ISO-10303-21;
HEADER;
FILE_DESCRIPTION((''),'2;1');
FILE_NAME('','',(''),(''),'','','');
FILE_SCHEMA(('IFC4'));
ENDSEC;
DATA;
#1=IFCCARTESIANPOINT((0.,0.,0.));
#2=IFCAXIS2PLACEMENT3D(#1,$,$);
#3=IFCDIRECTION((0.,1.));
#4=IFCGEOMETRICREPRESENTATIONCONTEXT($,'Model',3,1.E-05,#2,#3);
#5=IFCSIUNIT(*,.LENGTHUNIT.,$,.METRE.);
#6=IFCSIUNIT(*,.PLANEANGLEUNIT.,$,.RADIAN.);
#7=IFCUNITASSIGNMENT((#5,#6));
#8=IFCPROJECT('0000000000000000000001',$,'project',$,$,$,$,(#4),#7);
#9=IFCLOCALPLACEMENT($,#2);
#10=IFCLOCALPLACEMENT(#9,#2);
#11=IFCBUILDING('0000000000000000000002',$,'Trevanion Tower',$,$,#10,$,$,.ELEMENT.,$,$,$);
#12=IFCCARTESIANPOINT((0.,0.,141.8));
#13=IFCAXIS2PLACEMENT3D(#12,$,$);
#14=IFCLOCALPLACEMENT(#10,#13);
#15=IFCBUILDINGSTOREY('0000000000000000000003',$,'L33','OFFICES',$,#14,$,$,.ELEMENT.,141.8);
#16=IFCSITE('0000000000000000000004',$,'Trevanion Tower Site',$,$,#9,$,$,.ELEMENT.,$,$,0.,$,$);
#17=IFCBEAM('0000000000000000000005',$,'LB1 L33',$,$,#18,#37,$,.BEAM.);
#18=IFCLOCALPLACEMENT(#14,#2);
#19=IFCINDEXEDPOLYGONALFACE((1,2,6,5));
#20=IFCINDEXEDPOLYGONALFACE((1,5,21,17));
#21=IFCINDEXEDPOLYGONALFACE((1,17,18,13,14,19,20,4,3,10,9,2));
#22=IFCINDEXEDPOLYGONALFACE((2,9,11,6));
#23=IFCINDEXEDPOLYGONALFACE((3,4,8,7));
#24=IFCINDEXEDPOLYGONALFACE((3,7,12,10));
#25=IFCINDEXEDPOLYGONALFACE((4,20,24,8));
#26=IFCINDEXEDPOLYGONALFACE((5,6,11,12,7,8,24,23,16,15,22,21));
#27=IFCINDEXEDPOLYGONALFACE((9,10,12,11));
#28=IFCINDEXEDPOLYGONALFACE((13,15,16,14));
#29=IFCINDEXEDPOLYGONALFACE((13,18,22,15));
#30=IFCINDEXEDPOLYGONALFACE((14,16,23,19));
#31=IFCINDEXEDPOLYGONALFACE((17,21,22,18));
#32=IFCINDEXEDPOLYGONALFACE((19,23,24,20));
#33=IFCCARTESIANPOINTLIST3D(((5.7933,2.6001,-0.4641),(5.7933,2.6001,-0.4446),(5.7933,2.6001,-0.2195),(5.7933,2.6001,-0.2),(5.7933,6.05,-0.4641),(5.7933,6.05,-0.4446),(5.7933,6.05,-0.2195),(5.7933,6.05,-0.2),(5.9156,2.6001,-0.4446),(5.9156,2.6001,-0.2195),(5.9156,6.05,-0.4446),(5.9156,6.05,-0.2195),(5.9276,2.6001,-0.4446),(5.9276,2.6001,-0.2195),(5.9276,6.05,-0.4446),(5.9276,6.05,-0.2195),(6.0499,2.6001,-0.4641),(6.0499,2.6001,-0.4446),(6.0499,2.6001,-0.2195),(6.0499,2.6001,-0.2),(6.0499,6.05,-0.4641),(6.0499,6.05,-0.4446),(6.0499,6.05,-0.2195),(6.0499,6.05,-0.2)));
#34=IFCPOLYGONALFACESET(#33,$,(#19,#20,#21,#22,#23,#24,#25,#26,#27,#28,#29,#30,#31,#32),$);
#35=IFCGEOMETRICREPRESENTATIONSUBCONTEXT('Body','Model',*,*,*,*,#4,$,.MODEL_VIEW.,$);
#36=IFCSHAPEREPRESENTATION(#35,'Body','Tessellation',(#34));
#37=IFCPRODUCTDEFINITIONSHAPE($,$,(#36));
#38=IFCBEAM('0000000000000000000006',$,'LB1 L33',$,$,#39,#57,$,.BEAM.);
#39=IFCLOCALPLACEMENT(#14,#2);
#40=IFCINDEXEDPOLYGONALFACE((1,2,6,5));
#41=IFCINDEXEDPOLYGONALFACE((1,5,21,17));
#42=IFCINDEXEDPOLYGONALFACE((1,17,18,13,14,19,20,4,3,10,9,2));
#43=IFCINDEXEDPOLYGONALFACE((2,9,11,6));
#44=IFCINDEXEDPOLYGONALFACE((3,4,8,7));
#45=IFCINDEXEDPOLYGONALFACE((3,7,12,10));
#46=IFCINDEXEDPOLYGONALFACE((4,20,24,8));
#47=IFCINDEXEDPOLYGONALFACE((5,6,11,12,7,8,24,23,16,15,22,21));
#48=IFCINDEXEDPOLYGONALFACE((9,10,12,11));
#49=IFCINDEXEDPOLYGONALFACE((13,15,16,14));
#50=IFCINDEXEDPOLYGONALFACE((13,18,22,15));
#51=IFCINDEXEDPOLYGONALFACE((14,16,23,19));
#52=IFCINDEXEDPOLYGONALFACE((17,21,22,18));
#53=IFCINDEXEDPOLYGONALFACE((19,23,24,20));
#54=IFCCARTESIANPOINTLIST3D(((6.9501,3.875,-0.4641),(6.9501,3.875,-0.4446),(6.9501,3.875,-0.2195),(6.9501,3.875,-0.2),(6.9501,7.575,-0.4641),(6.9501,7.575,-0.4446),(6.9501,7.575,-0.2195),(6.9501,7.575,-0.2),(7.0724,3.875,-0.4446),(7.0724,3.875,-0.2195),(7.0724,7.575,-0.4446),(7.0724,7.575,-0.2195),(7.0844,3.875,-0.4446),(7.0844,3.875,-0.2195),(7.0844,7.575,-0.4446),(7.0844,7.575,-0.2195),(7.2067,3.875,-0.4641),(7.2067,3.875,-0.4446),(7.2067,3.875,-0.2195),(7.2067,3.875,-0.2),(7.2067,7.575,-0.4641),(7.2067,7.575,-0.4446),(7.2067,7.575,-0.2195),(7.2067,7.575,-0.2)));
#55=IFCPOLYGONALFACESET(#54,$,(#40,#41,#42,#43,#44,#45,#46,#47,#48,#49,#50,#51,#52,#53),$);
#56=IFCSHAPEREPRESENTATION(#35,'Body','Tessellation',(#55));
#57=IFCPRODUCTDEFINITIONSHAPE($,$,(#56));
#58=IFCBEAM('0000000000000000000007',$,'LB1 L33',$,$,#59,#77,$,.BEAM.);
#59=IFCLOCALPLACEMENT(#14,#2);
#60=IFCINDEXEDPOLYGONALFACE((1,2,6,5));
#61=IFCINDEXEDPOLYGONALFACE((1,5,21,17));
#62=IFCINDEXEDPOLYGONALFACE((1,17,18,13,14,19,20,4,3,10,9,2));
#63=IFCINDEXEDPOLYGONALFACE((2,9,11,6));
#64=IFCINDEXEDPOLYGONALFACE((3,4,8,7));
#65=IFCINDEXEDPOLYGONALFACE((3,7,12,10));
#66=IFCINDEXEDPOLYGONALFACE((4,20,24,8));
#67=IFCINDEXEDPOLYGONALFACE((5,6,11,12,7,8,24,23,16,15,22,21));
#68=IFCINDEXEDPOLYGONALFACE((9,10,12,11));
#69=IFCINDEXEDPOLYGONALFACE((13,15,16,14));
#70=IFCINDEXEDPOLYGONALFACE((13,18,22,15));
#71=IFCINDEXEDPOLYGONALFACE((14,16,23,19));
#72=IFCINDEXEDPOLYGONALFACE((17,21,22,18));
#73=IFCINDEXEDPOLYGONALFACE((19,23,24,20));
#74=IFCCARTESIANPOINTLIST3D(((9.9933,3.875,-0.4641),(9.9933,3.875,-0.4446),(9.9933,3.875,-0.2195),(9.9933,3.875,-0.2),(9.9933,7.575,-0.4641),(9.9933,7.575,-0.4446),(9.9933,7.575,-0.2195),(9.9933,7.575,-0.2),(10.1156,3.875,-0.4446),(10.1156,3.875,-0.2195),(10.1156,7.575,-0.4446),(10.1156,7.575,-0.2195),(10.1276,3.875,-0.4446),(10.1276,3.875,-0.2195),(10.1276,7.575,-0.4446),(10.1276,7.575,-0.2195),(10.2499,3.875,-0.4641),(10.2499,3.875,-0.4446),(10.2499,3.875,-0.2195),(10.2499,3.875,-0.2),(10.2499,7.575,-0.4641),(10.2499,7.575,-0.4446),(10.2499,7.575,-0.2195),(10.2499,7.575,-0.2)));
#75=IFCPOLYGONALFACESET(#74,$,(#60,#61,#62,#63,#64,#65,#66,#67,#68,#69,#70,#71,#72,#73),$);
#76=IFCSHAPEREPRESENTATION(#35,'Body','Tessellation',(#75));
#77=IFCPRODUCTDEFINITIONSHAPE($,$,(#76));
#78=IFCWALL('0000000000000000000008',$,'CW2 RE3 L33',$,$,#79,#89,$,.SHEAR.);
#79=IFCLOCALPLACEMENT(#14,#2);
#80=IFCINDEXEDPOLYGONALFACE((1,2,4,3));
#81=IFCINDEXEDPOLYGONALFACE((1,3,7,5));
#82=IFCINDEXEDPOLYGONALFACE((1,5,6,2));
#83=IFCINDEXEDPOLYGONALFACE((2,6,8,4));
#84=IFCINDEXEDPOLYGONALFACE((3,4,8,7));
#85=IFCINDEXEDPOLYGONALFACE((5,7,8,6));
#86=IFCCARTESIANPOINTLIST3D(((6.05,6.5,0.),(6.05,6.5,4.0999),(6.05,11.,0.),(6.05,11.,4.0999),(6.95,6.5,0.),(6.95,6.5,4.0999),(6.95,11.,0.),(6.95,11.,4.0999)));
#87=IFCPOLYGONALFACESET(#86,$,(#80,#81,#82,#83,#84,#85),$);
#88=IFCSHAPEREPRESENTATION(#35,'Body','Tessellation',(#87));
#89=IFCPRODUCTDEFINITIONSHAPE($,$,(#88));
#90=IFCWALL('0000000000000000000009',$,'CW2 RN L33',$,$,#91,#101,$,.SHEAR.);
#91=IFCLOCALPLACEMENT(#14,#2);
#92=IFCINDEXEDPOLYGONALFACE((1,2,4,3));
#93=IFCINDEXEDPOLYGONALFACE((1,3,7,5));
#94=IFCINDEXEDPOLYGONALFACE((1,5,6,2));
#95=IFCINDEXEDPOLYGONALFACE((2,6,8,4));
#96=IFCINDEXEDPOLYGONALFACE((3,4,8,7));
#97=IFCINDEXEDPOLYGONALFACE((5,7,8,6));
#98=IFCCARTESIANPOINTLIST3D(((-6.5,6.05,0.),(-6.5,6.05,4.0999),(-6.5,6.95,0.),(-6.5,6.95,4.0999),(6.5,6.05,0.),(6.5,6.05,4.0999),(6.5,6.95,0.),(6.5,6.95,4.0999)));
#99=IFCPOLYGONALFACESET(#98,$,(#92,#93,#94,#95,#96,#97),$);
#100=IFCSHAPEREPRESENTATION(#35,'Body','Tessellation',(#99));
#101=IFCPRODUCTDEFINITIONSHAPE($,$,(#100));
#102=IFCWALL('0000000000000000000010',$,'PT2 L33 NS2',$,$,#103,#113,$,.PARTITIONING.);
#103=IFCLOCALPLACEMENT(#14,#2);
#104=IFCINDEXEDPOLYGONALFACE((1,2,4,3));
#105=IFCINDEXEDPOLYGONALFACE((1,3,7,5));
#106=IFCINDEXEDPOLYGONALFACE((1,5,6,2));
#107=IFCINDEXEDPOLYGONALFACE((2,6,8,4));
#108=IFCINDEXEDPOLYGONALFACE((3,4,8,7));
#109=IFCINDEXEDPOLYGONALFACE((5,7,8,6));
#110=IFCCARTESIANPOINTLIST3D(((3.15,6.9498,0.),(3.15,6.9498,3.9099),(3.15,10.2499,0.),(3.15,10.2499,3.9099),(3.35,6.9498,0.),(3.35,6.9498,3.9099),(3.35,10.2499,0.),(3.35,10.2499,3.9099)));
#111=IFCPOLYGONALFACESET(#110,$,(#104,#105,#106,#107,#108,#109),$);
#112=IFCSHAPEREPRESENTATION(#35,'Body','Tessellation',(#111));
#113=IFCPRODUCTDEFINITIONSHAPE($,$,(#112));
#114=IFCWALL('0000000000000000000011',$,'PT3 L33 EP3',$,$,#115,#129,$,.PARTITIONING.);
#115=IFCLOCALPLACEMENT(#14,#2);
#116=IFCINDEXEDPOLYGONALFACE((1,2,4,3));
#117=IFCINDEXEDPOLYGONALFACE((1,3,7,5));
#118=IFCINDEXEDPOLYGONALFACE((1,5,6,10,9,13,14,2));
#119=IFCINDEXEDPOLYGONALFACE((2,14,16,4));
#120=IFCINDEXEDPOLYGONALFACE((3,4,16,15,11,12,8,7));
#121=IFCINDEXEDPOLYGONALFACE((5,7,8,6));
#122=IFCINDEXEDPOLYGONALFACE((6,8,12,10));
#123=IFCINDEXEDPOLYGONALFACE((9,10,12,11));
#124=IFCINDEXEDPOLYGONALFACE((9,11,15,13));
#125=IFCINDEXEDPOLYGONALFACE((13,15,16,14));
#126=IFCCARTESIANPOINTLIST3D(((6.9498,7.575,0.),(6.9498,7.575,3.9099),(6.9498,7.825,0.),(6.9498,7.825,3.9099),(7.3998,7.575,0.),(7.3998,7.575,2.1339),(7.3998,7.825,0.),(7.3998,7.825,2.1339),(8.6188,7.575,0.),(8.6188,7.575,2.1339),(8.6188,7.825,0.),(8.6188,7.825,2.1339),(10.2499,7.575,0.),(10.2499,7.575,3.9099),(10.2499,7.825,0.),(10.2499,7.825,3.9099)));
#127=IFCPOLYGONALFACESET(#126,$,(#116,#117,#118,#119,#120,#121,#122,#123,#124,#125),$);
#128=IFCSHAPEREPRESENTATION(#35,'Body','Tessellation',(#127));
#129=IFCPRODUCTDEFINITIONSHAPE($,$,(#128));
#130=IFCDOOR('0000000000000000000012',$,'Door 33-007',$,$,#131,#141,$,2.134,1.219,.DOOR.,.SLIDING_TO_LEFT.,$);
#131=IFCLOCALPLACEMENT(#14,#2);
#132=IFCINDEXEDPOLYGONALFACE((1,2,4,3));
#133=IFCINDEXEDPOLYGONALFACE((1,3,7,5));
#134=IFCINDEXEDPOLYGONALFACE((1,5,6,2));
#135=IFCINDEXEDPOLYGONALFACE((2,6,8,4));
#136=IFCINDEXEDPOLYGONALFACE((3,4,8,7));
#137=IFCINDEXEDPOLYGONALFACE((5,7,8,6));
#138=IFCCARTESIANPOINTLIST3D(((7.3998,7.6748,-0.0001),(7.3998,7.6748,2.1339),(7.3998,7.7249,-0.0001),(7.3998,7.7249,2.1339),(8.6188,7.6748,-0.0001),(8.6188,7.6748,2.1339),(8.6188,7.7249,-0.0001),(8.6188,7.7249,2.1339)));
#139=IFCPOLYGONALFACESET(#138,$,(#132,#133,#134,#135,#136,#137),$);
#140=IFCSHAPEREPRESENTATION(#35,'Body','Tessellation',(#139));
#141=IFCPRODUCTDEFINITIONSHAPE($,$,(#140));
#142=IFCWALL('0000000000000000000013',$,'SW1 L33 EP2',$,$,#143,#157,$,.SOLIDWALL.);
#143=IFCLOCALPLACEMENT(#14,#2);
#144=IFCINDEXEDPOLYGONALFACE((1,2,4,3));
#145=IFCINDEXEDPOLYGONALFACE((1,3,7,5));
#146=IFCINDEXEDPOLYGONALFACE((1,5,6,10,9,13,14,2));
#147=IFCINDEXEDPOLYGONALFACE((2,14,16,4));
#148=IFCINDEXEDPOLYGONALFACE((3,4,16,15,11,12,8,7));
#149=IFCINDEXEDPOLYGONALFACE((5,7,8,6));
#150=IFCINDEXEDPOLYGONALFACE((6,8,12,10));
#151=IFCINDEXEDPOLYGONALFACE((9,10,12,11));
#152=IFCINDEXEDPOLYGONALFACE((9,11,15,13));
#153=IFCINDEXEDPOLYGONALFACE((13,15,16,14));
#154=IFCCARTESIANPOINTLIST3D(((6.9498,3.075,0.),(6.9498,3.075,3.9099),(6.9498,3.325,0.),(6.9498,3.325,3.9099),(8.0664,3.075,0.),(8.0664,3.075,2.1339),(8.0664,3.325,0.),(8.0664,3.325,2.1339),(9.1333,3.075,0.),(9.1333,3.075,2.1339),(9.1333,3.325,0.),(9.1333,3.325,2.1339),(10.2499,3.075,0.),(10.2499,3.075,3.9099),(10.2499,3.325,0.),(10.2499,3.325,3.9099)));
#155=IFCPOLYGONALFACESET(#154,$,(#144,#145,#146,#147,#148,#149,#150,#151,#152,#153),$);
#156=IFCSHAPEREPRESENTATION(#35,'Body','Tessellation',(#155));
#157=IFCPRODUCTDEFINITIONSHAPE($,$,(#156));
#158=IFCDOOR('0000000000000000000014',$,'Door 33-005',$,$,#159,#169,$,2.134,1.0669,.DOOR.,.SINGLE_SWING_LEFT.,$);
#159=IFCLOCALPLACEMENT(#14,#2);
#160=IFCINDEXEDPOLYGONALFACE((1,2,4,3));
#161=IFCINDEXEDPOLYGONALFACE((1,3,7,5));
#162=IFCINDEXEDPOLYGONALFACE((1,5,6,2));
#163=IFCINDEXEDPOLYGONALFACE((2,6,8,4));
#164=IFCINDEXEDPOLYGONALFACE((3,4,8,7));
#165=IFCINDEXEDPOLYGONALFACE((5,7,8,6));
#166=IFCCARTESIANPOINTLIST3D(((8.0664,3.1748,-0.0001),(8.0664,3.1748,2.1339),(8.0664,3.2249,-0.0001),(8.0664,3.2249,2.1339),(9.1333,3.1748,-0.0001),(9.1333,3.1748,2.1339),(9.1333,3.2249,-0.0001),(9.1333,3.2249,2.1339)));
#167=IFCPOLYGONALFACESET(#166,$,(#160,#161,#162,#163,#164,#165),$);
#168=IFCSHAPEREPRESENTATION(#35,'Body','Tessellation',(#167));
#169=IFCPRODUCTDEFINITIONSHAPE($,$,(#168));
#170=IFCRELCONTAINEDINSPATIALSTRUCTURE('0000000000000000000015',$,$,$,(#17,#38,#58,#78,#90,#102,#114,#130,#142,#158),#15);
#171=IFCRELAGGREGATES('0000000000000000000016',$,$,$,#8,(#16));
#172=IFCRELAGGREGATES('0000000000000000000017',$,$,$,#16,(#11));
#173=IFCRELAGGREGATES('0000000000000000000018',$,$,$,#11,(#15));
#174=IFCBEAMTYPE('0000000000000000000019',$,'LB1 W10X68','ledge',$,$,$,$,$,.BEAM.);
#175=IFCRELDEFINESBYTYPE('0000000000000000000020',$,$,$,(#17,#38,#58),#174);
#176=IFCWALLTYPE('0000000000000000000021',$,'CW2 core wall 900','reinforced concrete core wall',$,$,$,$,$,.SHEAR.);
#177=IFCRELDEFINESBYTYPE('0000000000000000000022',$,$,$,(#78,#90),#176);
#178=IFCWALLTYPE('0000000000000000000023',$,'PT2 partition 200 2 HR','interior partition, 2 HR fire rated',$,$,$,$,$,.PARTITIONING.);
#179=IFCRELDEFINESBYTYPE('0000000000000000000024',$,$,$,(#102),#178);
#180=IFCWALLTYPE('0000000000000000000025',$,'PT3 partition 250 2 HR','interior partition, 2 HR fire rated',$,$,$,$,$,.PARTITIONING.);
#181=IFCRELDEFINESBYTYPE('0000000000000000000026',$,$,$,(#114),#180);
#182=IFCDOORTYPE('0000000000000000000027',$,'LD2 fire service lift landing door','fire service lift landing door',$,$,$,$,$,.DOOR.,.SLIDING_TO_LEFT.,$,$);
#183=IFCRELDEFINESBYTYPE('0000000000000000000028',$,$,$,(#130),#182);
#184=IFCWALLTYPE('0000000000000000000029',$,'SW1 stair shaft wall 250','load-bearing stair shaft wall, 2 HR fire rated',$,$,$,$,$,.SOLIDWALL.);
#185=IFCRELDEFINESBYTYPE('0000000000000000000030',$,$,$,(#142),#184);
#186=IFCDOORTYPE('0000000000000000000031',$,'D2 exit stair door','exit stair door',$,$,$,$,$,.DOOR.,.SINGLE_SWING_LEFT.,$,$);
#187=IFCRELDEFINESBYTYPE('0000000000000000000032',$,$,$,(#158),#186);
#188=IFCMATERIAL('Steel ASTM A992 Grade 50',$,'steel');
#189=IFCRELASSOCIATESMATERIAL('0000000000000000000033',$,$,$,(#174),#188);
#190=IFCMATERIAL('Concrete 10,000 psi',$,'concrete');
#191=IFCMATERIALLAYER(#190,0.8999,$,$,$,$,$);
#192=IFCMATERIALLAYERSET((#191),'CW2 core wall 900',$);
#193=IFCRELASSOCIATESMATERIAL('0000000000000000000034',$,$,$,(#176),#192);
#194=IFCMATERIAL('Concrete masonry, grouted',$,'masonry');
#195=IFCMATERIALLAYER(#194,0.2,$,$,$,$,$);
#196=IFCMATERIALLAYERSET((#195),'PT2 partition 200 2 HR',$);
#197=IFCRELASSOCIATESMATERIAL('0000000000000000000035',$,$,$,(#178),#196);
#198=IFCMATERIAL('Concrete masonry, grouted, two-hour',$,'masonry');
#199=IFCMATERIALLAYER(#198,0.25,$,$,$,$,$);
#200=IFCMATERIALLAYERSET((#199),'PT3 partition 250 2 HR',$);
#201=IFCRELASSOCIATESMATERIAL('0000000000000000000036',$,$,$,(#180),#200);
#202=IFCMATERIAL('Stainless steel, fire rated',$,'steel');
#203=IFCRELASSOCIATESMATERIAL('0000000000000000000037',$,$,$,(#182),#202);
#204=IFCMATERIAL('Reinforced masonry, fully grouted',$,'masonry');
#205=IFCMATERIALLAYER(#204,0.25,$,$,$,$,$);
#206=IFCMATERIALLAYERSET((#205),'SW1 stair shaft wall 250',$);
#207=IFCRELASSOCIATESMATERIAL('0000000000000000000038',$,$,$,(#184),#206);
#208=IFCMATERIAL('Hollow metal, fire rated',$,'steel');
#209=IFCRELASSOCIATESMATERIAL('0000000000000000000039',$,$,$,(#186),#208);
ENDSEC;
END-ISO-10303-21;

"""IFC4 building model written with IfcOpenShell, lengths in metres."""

from ifc_helpers import new_model, si_unit, direction, frame, frame_2d, origin, origin_2d, place, context, subcontext, project, spatial, rectangle, i_section, extrude, material, layer, layer_set, material_profile, profile_set, type_object, element, fill, save


model = new_model("IFC4")

# Units and contexts
model_context = context("Model", 3, precision=1e-05, world=origin(), true_north=direction((0.0, 1.0)))
body_context = subcontext(model_context, "Body", "Model", "MODEL_VIEW")
ifc_project = project(units=[si_unit("LENGTHUNIT", "METRE"), si_unit("PLANEANGLEUNIT", "RADIAN")], contexts=[model_context])

# Site, building, storey
site_placement = place(None, origin())
site = spatial("IfcSite", under=ifc_project, at=site_placement, Name="Trevanion Tower Site", CompositionType="ELEMENT", RefElevation=0.0)
building_placement = place(site_placement, origin())
building = spatial("IfcBuilding", under=site, at=building_placement, Name="Trevanion Tower", CompositionType="ELEMENT")
storey_placement = place(building_placement, frame((0.0, 0.0, 141.8)))
storey = spatial("IfcBuildingStorey", under=building, at=storey_placement, Name="L33", Description="OFFICES", CompositionType="ELEMENT", Elevation=141.8)

# Beams
ifc_material_1 = material(Name="Steel ASTM A992 Grade 50", Category="steel")
ifc_material_profile = material_profile(ifc_material_1, i_section(OverallWidth=0.2566, OverallDepth=0.2642, WebThickness=0.012, FlangeThickness=0.0195, at=origin_2d()), Name="W10X68")
ifc_profile_set = profile_set([ifc_material_profile], Name="Steel ASTM A992 Grade 50")
beam_type = type_object("IfcBeamType", Name="LB1 W10X68", Description="ledge", PredefinedType="BEAM", material=ifc_profile_set)
beam_placement = place(storey_placement, frame((5.9216, 2.6001, -0.332), z_axis=(0.0, 1.0, 0.0), x_axis=(-1.0, 0.0, 0.0)))
element("IfcBeam", 1, at=beam_placement, inside=storey, type_object=beam_type, Name="LB1 L33", PredefinedType="BEAM", context=body_context, shape_type="SweptSolid", body=[
    extrude(i_section(OverallWidth=0.2566, OverallDepth=0.2642, WebThickness=0.012, FlangeThickness=0.0195, at=origin_2d()), origin(), (0.0, 0.0, 1.0), 3.45),
])
for number, where, z_axis, x_axis, name in (
    (2, (7.0784, 3.875, -0.332), (0.0, 1.0, 0.0), (-1.0, 0.0, 0.0), "LB1 L33"),
    (3, (10.1216, 3.875, -0.332), (0.0, 1.0, 0.0), (-1.0, 0.0, 0.0), "LB1 L33"),
):
    element("IfcBeam", number, at=place(storey_placement, frame(where, z_axis=z_axis, x_axis=x_axis)), inside=storey, type_object=beam_type, Name=name, PredefinedType="BEAM", context=body_context, shape_type="SweptSolid", body=[
        extrude(i_section(OverallWidth=0.2566, OverallDepth=0.2642, WebThickness=0.012, FlangeThickness=0.0195, at=origin_2d()), origin(), (0.0, 0.0, 1.0), 3.7),
    ])

# Walls
ifc_material_2 = material(Name="Concrete 10,000 psi", Category="concrete")
ifc_layer_1 = layer(ifc_material_2, 0.8999)
ifc_layer_set_1 = layer_set([ifc_layer_1], Name="CW2 core wall 900")
wall_type_1 = type_object("IfcWallType", Name="CW2 core wall 900", Description="reinforced concrete core wall", PredefinedType="SHEAR", material=ifc_layer_set_1)
wall_1_placement = place(storey_placement, frame((6.5, 6.5, 0.0), z_axis=(0.0, 0.0, 1.0), x_axis=(0.0, 1.0, 0.0)))
element("IfcWall", 4, at=wall_1_placement, inside=storey, type_object=wall_type_1, Name="CW2 RE3 L33", PredefinedType="SHEAR", context=body_context, shape_type="SweptSolid", body=[
    extrude(rectangle(XDim=4.5, YDim=0.8999, at=frame_2d((2.25, 0.0))), origin(), (0.0, 0.0, 1.0), 4.0999),
])
wall_2_placement = place(storey_placement, frame((6.5, 6.5, 0.0), z_axis=(0.0, 0.0, 1.0), x_axis=(-1.0, 0.0, 0.0)))
element("IfcWall", 5, at=wall_2_placement, inside=storey, type_object=wall_type_1, Name="CW2 RN L33", PredefinedType="SHEAR", context=body_context, shape_type="SweptSolid", body=[
    extrude(rectangle(XDim=13.0, YDim=0.8999, at=frame_2d((6.5, 0.0))), origin(), (0.0, 0.0, 1.0), 4.0999),
])
ifc_material_3 = material(Name="Concrete masonry, grouted", Category="masonry")
ifc_layer_2 = layer(ifc_material_3, 0.2)
ifc_layer_set_2 = layer_set([ifc_layer_2], Name="PT2 partition 200 2 HR")
wall_type_2 = type_object("IfcWallType", Name="PT2 partition 200 2 HR", Description="interior partition, 2 HR fire rated", PredefinedType="PARTITIONING", material=ifc_layer_set_2)
wall_3_placement = place(storey_placement, frame((3.25, 6.95, 0.0), z_axis=(0.0, 0.0, 1.0), x_axis=(0.0, 1.0, 0.0)))
element("IfcWall", 6, at=wall_3_placement, inside=storey, type_object=wall_type_2, Name="PT2 L33 NS2", PredefinedType="PARTITIONING", context=body_context, shape_type="SweptSolid", body=[
    extrude(rectangle(XDim=3.3, YDim=0.2, at=frame_2d((1.6499, 0.0))), origin(), (0.0, 0.0, 1.0), 3.9099),
])

# Walls, openings, doors
ifc_material_4 = material(Name="Concrete masonry, grouted, two-hour", Category="masonry")
ifc_layer_3 = layer(ifc_material_4, 0.25)
ifc_layer_set_3 = layer_set([ifc_layer_3], Name="PT3 partition 250 2 HR")
wall_type_3 = type_object("IfcWallType", Name="PT3 partition 250 2 HR", Description="interior partition, 2 HR fire rated", PredefinedType="PARTITIONING", material=ifc_layer_set_3)
wall_4_placement = place(storey_placement, frame((6.95, 7.7, 0.0), z_axis=(0.0, 0.0, 1.0), x_axis=(1.0, 0.0, 0.0)))
wall_4 = element("IfcWall", 7, at=wall_4_placement, inside=storey, type_object=wall_type_3, Name="PT3 L33 EP3", PredefinedType="PARTITIONING", context=body_context, shape_type="SweptSolid", body=[
    extrude(rectangle(XDim=3.3, YDim=0.25, at=frame_2d((1.6499, 0.0))), origin(), (0.0, 0.0, 1.0), 3.9099),
])
opening_1_placement = place(wall_4_placement, frame((0.45, 0.0, 0.0)))
opening_1 = element("IfcOpeningElement", 8, at=opening_1_placement, cuts=wall_4, PredefinedType="OPENING", context=body_context, shape_type="SweptSolid", body=[
    extrude(rectangle(XDim=1.219, YDim=2.134, at=frame_2d((0.6094, 1.0669))), frame((0.0, 0.135, 0.0), z_axis=(0.0, -1.0, 0.0), x_axis=(1.0, 0.0, 0.0)), (0.0, 0.0, 1.0), 0.27),
])
ifc_material_5 = material(Name="Stainless steel, fire rated", Category="steel")
door_type_1 = type_object("IfcDoorType", Name="LD2 fire service lift landing door", Description="fire service lift landing door", OperationType="SLIDING_TO_LEFT", PredefinedType="DOOR", material=ifc_material_5)
door_1_placement = place(opening_1_placement, origin())
door_1 = element("IfcDoor", 9, at=door_1_placement, inside=storey, type_object=door_type_1, Name="Door 33-007", OperationType="SLIDING_TO_LEFT", OverallHeight=2.134, OverallWidth=1.219, PredefinedType="DOOR", context=body_context, shape_type="SweptSolid", body=[
    extrude(rectangle(XDim=1.219, YDim=2.134, at=frame_2d((0.6094, 1.0669))), frame((0.0, 0.0249, 0.0), z_axis=(0.0, -1.0, 0.0), x_axis=(1.0, 0.0, 0.0)), (0.0, 0.0, 1.0), 0.05),
])
fill(opening_1, door_1)
ifc_material_6 = material(Name="Reinforced masonry, fully grouted", Category="masonry")
ifc_layer_4 = layer(ifc_material_6, 0.25)
ifc_layer_set_4 = layer_set([ifc_layer_4], Name="SW1 stair shaft wall 250")
wall_type_4 = type_object("IfcWallType", Name="SW1 stair shaft wall 250", Description="load-bearing stair shaft wall, 2 HR fire rated", PredefinedType="SOLIDWALL", material=ifc_layer_set_4)
wall_5_placement = place(storey_placement, frame((6.95, 3.2, 0.0), z_axis=(0.0, 0.0, 1.0), x_axis=(1.0, 0.0, 0.0)))
wall_5 = element("IfcWall", 10, at=wall_5_placement, inside=storey, type_object=wall_type_4, Name="SW1 L33 EP2", PredefinedType="SOLIDWALL", context=body_context, shape_type="SweptSolid", body=[
    extrude(rectangle(XDim=3.3, YDim=0.25, at=frame_2d((1.6499, 0.0))), origin(), (0.0, 0.0, 1.0), 3.9099),
])
opening_2_placement = place(wall_5_placement, frame((1.1165, 0.0, 0.0)))
opening_2 = element("IfcOpeningElement", 11, at=opening_2_placement, cuts=wall_5, PredefinedType="OPENING", context=body_context, shape_type="SweptSolid", body=[
    extrude(rectangle(XDim=1.0669, YDim=2.134, at=frame_2d((0.5334, 1.0669))), frame((0.0, 0.135, 0.0), z_axis=(0.0, -1.0, 0.0), x_axis=(1.0, 0.0, 0.0)), (0.0, 0.0, 1.0), 0.27),
])
ifc_material_7 = material(Name="Hollow metal, fire rated", Category="steel")
door_type_2 = type_object("IfcDoorType", Name="D2 exit stair door", Description="exit stair door", OperationType="SINGLE_SWING_LEFT", PredefinedType="DOOR", material=ifc_material_7)
door_2_placement = place(opening_2_placement, origin())
door_2 = element("IfcDoor", 12, at=door_2_placement, inside=storey, type_object=door_type_2, Name="Door 33-005", OperationType="SINGLE_SWING_LEFT", OverallHeight=2.134, OverallWidth=1.0669, PredefinedType="DOOR", context=body_context, shape_type="SweptSolid", body=[
    extrude(rectangle(XDim=1.0669, YDim=2.134, at=frame_2d((0.5334, 1.0669))), frame((0.0, 0.0249, 0.0), z_axis=(0.0, -1.0, 0.0), x_axis=(1.0, 0.0, 0.0)), (0.0, 0.0, 1.0), 0.05),
])
fill(opening_2, door_2)

save(model, "model.ifc")
